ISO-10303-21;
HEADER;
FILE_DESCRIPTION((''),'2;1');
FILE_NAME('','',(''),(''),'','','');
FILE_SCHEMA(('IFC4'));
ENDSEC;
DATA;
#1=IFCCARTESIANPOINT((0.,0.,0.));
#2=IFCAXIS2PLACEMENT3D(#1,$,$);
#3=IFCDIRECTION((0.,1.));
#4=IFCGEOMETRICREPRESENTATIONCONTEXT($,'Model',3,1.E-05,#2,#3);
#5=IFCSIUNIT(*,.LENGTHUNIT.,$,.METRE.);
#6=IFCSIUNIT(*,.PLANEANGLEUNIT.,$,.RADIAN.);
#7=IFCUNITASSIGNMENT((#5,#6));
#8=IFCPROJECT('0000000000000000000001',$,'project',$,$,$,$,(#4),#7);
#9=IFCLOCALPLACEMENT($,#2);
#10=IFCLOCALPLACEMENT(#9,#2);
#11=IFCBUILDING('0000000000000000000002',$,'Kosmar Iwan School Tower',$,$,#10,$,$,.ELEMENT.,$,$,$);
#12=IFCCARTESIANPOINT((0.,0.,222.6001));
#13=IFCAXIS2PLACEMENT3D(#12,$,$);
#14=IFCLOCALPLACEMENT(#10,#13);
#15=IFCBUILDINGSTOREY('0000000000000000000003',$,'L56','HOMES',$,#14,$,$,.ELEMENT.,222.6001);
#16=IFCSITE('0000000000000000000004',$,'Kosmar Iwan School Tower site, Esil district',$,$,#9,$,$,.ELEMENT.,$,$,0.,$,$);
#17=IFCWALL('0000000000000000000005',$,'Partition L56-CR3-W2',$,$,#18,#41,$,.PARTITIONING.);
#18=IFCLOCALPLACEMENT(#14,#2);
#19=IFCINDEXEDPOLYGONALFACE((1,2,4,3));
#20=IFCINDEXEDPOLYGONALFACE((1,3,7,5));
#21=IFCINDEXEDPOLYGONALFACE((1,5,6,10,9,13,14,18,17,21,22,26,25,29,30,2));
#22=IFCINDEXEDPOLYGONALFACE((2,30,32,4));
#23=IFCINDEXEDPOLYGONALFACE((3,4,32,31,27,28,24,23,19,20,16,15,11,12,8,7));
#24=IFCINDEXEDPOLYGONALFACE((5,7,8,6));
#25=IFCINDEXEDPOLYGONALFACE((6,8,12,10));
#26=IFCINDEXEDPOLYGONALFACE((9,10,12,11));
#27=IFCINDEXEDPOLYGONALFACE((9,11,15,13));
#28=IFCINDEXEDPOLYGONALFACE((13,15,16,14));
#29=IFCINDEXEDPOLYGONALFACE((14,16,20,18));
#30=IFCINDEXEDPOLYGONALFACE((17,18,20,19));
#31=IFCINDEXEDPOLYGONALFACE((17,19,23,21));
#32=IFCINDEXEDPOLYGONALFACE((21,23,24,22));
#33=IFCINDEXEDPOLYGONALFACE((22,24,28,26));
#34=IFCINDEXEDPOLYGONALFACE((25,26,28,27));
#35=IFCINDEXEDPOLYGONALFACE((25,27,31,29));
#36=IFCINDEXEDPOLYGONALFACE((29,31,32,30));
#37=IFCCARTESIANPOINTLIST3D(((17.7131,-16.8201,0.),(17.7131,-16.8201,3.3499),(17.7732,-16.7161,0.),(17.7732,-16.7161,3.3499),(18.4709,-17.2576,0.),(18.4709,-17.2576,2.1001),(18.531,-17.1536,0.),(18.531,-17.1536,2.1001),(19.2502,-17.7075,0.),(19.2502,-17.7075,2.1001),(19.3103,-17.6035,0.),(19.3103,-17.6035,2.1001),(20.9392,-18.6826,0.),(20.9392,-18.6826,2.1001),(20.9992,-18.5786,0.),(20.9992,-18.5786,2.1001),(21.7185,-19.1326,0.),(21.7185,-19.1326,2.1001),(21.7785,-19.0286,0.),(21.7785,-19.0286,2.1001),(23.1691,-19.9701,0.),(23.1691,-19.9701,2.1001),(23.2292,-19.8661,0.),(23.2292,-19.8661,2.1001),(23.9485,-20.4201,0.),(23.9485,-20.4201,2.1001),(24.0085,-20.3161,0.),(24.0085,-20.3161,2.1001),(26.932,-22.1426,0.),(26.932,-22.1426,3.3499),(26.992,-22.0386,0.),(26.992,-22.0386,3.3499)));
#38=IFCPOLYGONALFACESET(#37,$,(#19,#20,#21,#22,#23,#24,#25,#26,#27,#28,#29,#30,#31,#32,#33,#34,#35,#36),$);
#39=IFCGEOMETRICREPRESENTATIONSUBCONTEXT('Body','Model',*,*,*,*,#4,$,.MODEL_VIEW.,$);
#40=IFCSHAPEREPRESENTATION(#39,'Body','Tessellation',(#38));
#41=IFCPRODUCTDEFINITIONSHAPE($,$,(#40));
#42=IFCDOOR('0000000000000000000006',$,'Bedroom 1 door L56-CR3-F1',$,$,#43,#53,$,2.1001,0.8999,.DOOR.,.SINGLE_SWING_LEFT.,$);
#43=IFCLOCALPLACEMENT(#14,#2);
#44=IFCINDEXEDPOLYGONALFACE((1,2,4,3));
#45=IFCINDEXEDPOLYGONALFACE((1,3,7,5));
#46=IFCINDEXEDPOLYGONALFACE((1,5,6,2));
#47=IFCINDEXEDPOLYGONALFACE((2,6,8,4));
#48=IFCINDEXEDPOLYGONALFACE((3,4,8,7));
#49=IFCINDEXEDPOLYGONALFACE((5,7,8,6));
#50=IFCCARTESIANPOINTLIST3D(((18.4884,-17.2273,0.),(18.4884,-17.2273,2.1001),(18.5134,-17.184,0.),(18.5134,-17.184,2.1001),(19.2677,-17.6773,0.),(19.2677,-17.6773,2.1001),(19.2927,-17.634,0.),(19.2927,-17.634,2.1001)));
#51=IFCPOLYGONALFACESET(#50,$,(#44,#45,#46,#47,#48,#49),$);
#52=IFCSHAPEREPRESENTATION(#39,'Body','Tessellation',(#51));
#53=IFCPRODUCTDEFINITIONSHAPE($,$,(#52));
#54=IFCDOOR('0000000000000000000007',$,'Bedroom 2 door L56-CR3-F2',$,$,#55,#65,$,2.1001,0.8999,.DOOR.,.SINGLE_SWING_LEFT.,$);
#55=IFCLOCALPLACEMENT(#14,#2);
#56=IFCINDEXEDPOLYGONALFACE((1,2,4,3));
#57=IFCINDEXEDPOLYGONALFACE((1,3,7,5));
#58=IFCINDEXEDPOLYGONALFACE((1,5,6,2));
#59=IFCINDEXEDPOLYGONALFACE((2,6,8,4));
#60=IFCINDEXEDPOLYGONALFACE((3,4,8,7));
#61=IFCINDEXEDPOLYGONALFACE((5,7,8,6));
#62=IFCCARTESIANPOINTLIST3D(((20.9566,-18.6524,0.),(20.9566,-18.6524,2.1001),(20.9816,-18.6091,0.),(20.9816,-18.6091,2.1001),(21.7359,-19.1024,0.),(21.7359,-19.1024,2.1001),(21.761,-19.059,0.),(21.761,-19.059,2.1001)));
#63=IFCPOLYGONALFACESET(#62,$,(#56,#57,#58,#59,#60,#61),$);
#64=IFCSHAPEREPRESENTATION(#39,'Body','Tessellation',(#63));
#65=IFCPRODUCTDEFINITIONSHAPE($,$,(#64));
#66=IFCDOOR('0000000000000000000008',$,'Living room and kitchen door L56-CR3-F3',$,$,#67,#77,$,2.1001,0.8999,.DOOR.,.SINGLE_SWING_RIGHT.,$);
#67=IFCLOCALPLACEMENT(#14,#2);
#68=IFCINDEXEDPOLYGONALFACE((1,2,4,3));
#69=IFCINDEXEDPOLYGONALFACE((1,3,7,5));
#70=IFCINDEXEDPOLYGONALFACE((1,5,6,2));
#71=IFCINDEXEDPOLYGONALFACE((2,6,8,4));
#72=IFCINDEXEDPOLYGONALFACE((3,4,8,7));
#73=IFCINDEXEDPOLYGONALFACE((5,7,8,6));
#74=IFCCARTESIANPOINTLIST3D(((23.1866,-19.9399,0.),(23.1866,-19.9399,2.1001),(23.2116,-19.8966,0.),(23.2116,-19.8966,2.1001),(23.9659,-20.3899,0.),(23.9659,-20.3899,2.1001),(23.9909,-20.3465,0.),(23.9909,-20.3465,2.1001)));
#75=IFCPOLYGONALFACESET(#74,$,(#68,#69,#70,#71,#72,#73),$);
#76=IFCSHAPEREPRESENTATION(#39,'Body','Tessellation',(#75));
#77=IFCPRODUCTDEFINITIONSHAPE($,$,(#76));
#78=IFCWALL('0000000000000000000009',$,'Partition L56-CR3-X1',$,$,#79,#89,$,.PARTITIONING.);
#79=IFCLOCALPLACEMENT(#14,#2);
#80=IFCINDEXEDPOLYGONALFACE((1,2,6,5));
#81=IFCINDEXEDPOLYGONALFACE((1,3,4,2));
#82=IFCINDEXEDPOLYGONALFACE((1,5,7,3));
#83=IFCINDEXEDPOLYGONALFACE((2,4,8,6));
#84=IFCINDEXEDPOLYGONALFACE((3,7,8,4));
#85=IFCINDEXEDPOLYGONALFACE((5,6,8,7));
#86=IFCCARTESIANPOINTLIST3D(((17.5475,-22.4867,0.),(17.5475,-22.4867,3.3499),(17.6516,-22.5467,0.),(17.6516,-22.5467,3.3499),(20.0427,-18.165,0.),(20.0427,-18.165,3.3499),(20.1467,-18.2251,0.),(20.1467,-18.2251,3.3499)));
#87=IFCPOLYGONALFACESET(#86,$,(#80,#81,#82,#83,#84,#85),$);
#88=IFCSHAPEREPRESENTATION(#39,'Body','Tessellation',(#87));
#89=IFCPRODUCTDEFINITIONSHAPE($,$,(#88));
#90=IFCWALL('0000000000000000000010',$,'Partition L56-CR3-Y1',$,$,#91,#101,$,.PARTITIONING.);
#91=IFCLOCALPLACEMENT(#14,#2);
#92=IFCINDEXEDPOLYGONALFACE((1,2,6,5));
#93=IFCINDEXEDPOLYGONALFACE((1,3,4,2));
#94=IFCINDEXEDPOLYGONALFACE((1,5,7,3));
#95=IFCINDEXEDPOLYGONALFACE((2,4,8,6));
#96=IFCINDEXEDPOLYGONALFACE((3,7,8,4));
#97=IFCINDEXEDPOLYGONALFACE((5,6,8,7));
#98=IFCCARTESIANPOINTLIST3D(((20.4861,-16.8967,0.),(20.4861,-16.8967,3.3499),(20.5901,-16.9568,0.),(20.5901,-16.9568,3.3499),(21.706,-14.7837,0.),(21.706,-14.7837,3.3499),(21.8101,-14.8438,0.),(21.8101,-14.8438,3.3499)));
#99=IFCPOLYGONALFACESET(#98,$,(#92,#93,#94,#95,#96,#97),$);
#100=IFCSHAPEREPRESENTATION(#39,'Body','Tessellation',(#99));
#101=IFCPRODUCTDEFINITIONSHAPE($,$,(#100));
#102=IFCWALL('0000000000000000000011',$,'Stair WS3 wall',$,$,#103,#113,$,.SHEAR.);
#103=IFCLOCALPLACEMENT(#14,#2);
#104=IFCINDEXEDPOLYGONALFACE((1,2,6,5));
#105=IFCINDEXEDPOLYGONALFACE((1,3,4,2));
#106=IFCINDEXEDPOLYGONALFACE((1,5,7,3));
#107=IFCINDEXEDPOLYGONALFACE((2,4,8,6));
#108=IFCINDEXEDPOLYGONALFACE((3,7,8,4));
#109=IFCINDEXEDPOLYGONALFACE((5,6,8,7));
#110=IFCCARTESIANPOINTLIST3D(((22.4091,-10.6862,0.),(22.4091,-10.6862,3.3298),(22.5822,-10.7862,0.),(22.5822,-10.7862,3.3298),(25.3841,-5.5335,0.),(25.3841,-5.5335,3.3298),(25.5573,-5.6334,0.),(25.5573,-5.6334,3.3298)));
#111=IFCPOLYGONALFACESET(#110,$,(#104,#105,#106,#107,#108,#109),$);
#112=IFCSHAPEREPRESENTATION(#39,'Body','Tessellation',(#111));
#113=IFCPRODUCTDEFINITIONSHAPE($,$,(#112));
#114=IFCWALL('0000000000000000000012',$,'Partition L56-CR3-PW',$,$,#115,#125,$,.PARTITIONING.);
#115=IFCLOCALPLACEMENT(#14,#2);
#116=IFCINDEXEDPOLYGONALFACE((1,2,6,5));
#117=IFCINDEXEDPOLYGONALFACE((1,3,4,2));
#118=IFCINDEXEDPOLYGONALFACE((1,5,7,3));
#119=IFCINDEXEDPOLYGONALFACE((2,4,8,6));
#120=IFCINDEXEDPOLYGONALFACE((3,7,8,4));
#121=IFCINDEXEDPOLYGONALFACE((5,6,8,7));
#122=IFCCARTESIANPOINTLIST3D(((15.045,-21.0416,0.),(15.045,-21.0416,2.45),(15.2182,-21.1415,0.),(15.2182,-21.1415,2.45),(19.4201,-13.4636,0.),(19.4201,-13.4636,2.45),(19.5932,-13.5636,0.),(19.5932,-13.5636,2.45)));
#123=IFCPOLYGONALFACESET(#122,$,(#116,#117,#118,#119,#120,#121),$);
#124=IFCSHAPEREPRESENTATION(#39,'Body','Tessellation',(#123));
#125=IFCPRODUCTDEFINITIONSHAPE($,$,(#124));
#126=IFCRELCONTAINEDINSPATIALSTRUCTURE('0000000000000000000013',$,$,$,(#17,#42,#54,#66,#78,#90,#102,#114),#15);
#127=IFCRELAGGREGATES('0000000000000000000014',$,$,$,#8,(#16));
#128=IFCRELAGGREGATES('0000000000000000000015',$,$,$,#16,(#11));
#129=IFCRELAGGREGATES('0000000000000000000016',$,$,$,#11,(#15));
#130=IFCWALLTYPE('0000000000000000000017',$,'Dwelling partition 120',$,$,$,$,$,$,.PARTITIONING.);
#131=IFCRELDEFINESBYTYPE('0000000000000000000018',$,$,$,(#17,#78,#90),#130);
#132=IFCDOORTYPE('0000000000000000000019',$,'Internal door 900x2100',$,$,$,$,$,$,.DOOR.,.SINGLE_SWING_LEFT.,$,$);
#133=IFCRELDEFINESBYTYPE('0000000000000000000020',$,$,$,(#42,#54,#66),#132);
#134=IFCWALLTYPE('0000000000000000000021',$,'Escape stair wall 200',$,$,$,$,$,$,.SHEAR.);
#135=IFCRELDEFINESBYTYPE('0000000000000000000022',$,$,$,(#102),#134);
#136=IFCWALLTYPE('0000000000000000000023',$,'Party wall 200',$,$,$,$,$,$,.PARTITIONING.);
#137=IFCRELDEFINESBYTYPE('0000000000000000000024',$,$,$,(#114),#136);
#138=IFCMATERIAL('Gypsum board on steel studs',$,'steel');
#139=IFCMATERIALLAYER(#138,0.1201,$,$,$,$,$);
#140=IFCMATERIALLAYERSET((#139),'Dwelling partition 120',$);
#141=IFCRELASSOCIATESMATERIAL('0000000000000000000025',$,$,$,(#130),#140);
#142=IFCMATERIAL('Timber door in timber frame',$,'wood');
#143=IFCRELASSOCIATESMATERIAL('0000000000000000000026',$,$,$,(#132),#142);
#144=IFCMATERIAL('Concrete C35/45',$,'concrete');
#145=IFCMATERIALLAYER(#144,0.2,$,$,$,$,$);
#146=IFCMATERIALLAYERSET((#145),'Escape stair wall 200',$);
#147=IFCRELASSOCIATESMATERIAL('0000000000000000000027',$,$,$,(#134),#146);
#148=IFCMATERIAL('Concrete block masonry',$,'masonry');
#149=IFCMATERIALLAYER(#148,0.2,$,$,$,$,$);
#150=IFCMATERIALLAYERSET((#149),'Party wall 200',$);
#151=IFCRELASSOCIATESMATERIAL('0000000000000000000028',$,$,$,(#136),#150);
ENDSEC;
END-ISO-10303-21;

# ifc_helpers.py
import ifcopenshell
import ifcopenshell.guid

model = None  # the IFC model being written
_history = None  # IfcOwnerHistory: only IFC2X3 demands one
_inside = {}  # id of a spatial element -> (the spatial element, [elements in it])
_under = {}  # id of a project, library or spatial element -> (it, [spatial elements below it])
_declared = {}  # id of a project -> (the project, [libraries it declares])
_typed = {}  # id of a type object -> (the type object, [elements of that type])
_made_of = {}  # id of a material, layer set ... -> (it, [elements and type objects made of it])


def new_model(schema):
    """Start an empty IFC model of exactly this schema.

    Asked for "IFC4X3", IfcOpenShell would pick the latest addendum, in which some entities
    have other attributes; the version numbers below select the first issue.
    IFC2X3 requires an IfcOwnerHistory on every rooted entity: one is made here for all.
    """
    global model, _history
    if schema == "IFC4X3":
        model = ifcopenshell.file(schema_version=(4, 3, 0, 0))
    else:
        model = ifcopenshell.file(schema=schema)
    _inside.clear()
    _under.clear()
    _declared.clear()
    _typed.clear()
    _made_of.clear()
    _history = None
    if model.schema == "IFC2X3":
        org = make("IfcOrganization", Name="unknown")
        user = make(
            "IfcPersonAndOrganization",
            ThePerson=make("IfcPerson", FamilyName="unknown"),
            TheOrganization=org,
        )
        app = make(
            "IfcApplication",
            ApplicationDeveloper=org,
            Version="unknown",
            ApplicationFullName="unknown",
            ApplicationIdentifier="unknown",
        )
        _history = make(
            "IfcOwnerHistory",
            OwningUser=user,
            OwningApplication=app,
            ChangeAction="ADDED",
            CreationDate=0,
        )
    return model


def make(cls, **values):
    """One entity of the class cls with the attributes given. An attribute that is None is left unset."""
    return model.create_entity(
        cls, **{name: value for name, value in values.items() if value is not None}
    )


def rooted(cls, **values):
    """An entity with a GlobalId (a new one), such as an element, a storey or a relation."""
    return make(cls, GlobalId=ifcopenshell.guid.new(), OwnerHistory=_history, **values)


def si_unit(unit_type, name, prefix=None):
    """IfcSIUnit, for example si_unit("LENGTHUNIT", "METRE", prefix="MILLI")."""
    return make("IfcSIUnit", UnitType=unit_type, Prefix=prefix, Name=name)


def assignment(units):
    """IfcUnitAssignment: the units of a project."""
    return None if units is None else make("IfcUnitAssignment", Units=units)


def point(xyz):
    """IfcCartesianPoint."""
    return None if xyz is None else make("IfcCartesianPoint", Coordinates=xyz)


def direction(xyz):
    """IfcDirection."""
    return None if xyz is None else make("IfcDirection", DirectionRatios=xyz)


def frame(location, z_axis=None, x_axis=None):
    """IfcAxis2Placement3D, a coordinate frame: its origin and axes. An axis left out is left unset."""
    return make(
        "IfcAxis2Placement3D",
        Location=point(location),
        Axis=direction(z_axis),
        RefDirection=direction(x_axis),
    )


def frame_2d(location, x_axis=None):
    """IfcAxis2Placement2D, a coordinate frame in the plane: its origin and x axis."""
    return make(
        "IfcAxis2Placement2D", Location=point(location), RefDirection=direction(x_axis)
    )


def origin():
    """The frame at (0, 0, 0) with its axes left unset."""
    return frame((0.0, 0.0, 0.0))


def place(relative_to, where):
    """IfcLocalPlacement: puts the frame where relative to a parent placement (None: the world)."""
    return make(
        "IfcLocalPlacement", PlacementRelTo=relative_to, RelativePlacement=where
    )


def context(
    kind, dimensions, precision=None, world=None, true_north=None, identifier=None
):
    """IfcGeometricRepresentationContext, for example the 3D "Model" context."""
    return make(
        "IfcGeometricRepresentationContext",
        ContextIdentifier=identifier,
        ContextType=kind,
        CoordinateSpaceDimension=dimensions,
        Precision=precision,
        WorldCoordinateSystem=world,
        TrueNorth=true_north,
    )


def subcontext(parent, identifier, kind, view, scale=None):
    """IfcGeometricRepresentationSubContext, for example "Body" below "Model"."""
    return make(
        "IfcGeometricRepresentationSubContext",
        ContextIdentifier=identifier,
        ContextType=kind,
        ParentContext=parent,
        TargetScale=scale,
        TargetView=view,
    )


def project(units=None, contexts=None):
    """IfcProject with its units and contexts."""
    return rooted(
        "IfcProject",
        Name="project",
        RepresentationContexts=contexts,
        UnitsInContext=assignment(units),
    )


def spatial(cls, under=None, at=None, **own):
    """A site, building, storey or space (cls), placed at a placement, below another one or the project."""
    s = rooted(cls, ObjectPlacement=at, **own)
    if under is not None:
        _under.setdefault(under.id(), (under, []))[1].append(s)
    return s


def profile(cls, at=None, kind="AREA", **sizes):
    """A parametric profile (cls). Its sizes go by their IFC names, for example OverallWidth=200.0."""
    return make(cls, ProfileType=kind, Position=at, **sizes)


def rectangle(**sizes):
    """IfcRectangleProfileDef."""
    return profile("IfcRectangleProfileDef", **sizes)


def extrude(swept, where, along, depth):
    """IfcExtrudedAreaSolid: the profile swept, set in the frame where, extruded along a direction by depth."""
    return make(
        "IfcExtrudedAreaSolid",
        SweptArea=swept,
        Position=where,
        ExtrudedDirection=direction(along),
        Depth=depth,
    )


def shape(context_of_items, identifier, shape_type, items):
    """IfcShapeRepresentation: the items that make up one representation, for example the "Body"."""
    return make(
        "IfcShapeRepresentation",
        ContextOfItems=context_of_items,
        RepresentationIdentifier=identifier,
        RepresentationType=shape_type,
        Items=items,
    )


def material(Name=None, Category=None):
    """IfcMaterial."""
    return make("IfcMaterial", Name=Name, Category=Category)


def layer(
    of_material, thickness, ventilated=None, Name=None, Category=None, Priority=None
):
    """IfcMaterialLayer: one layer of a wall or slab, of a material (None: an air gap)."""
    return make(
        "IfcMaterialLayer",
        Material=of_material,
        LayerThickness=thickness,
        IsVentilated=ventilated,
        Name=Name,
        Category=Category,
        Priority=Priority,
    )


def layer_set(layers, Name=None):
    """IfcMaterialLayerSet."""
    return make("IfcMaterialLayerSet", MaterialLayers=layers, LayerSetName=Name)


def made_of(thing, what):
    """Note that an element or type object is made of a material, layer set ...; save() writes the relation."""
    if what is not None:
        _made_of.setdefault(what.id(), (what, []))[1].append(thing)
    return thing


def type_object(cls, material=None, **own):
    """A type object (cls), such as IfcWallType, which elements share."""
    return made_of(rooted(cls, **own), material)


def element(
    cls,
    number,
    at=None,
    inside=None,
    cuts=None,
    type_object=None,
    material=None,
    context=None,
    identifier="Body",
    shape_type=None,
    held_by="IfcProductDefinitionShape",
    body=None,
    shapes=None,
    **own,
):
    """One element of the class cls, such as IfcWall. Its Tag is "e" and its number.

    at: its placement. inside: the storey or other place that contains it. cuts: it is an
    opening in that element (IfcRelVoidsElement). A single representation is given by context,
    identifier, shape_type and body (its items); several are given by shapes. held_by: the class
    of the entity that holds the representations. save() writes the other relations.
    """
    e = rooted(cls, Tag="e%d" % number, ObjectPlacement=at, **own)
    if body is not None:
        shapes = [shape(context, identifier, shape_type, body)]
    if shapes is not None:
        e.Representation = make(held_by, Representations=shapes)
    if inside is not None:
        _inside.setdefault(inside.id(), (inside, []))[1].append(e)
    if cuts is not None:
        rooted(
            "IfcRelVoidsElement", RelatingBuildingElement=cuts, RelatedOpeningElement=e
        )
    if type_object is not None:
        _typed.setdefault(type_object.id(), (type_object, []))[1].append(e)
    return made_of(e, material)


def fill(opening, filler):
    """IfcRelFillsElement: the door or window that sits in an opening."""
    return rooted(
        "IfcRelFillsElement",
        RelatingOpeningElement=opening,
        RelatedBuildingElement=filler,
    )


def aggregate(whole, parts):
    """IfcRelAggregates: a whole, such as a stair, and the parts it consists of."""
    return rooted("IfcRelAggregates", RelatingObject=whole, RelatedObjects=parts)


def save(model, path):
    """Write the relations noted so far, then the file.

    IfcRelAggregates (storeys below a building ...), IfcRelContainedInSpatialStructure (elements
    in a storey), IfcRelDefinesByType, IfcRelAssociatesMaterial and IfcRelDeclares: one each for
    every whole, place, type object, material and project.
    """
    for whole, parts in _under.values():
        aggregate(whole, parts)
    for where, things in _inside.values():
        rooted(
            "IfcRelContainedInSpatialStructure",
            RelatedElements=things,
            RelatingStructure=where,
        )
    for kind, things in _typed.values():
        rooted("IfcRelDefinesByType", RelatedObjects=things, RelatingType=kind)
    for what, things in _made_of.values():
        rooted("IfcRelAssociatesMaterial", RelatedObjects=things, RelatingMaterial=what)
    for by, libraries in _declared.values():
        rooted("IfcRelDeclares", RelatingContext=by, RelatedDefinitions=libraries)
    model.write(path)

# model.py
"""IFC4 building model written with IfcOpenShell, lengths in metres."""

from ifc_helpers import new_model, si_unit, direction, frame, frame_2d, origin, place, context, subcontext, project, spatial, rectangle, extrude, material, layer, layer_set, type_object, element, fill, save


model = new_model("IFC4")

# Units and contexts
model_context = context("Model", 3, precision=1e-05, world=origin(), true_north=direction((0.0, 1.0)))
body_context = subcontext(model_context, "Body", "Model", "MODEL_VIEW")
ifc_project = project(units=[si_unit("LENGTHUNIT", "METRE"), si_unit("PLANEANGLEUNIT", "RADIAN")], contexts=[model_context])

# Site, building, storey
site_placement = place(None, origin())
site = spatial("IfcSite", under=ifc_project, at=site_placement, Name="Kosmar Iwan School Tower site, Esil district", CompositionType="ELEMENT", RefElevation=0.0)
building_placement = place(site_placement, origin())
building = spatial("IfcBuilding", under=site, at=building_placement, Name="Kosmar Iwan School Tower", CompositionType="ELEMENT")
storey_placement = place(building_placement, frame((0.0, 0.0, 222.6001)))
storey = spatial("IfcBuildingStorey", under=building, at=storey_placement, Name="L56", Description="HOMES", CompositionType="ELEMENT", Elevation=222.6001)

# Shared definitions
ifc_material_1 = material(Name="Gypsum board on steel studs", Category="steel")
ifc_layer_1 = layer(ifc_material_1, 0.1201)
ifc_layer_set_1 = layer_set([ifc_layer_1], Name="Dwelling partition 120")
wall_type_1 = type_object("IfcWallType", Name="Dwelling partition 120", PredefinedType="PARTITIONING", material=ifc_layer_set_1)

# Wall, openings, doors
ifc_material_2 = material(Name="Timber door in timber frame", Category="wood")
door_type_1 = type_object("IfcDoorType", Name="Internal door 900x2100", OperationType="SINGLE_SWING_LEFT", PredefinedType="DOOR", material=ifc_material_2)
wall_1_placement = place(storey_placement, frame((17.7432, -16.7681, 0.0), z_axis=(0.0, 0.0, 1.0), x_axis=(0.866023, -0.500004, 0.0)))
wall_1 = element("IfcWall", 1, at=wall_1_placement, inside=storey, type_object=wall_type_1, Name="Partition L56-CR3-W2", PredefinedType="PARTITIONING", context=body_context, shape_type="SweptSolid", body=[
    extrude(rectangle(XDim=10.645, YDim=0.1201, at=frame_2d((5.3225, 0.0))), origin(), (0.0, 0.0, 1.0), 3.3499),
])
opening_1_placement = place(wall_1_placement, frame((0.875, 0.0, 0.0)))
opening_1 = element("IfcOpeningElement", 2, at=opening_1_placement, cuts=wall_1, PredefinedType="OPENING", context=body_context, shape_type="SweptSolid", body=[
    extrude(rectangle(XDim=0.8999, YDim=2.1001, at=frame_2d((0.45, 1.05))), frame((0.0, 0.072, 0.0), z_axis=(0.0, -1.0, 0.0), x_axis=(1.0, 0.0, 0.0)), (0.0, 0.0, 1.0), 0.144),
])
opening_2_placement = place(wall_1_placement, frame((3.7251, 0.0, 0.0)))
opening_2 = element("IfcOpeningElement", 3, at=opening_2_placement, cuts=wall_1, PredefinedType="OPENING", context=body_context, shape_type="SweptSolid", body=[
    extrude(rectangle(XDim=0.8999, YDim=2.1001, at=frame_2d((0.45, 1.05))), frame((0.0, 0.072, 0.0), z_axis=(0.0, -1.0, 0.0), x_axis=(1.0, 0.0, 0.0)), (0.0, 0.0, 1.0), 0.144),
])
opening_3_placement = place(wall_1_placement, frame((6.3, 0.0, 0.0)))
opening_3 = element("IfcOpeningElement", 4, at=opening_3_placement, cuts=wall_1, PredefinedType="OPENING", context=body_context, shape_type="SweptSolid", body=[
    extrude(rectangle(XDim=0.8999, YDim=2.1001, at=frame_2d((0.45, 1.05))), frame((0.0, 0.072, 0.0), z_axis=(0.0, -1.0, 0.0), x_axis=(1.0, 0.0, 0.0)), (0.0, 0.0, 1.0), 0.144),
])
door_1_placement = place(opening_1_placement, origin())
door_1 = element("IfcDoor", 5, at=door_1_placement, inside=storey, type_object=door_type_1, Name="Bedroom 1 door L56-CR3-F1", OperationType="SINGLE_SWING_LEFT", OverallHeight=2.1001, OverallWidth=0.8999, PredefinedType="DOOR", context=body_context, shape_type="SweptSolid", body=[
    extrude(rectangle(XDim=0.8999, YDim=2.1001, at=frame_2d((0.45, 1.05))), frame((0.0, 0.0249, 0.0), z_axis=(0.0, -1.0, 0.0), x_axis=(1.0, 0.0, 0.0)), (0.0, 0.0, 1.0), 0.05),
])
fill(opening_1, door_1)
door_2_placement = place(opening_2_placement, origin())
door_2 = element("IfcDoor", 6, at=door_2_placement, inside=storey, type_object=door_type_1, Name="Bedroom 2 door L56-CR3-F2", OperationType="SINGLE_SWING_LEFT", OverallHeight=2.1001, OverallWidth=0.8999, PredefinedType="DOOR", context=body_context, shape_type="SweptSolid", body=[
    extrude(rectangle(XDim=0.8999, YDim=2.1001, at=frame_2d((0.45, 1.05))), frame((0.0, 0.0249, 0.0), z_axis=(0.0, -1.0, 0.0), x_axis=(1.0, 0.0, 0.0)), (0.0, 0.0, 1.0), 0.05),
])
fill(opening_2, door_2)
door_3_placement = place(opening_3_placement, origin())
door_3 = element("IfcDoor", 7, at=door_3_placement, inside=storey, type_object=door_type_1, Name="Living room and kitchen door L56-CR3-F3", OperationType="SINGLE_SWING_RIGHT", OverallHeight=2.1001, OverallWidth=0.8999, PredefinedType="DOOR", context=body_context, shape_type="SweptSolid", body=[
    extrude(rectangle(XDim=0.8999, YDim=2.1001, at=frame_2d((0.45, 1.05))), frame((0.0, 0.0249, 0.0), z_axis=(0.0, -1.0, 0.0), x_axis=(1.0, 0.0, 0.0)), (0.0, 0.0, 1.0), 0.05),
])
fill(opening_3, door_3)

# Walls
wall_2_placement = place(storey_placement, frame((20.0947, -18.1951, 0.0), z_axis=(0.0, 0.0, 1.0), x_axis=(-0.500012, -0.866019, 0.0)))
element("IfcWall", 8, at=wall_2_placement, inside=storey, type_object=wall_type_1, Name="Partition L56-CR3-X1", PredefinedType="PARTITIONING", context=body_context, shape_type="SweptSolid", body=[
    extrude(rectangle(XDim=4.9902, YDim=0.1201, at=frame_2d((2.4951, 0.0))), origin(), (0.0, 0.0, 1.0), 3.3499),
])
wall_3_placement = place(storey_placement, frame((21.7581, -14.8137, 0.0), z_axis=(0.0, 0.0, 1.0), x_axis=(-0.500003, -0.866024, 0.0)))
element("IfcWall", 9, at=wall_3_placement, inside=storey, type_object=wall_type_1, Name="Partition L56-CR3-Y1", PredefinedType="PARTITIONING", context=body_context, shape_type="SweptSolid", body=[
    extrude(rectangle(XDim=2.4399, YDim=0.1201, at=frame_2d((1.22, 0.0))), origin(), (0.0, 0.0, 1.0), 3.3499),
])
ifc_material_3 = material(Name="Concrete C35/45", Category="concrete")
ifc_layer_2 = layer(ifc_material_3, 0.2)
ifc_layer_set_2 = layer_set([ifc_layer_2], Name="Escape stair wall 200")
wall_type_2 = type_object("IfcWallType", Name="Escape stair wall 200", PredefinedType="SHEAR", material=ifc_layer_set_2)
wall_4_placement = place(storey_placement, frame((22.4956, -10.7363, 0.0), z_axis=(0.0, 0.0, 1.0), x_axis=(0.500014, 0.866017, 0.0)))
element("IfcWall", 10, at=wall_4_placement, inside=storey, type_object=wall_type_2, Name="Stair WS3 wall", PredefinedType="SHEAR", context=body_context, shape_type="SweptSolid", body=[
    extrude(rectangle(XDim=5.95, YDim=0.2, at=frame_2d((2.9751, 0.0))), origin(), (0.0, 0.0, 1.0), 3.3298),
])
ifc_material_4 = material(Name="Concrete block masonry", Category="masonry")
ifc_layer_3 = layer(ifc_material_4, 0.2)
ifc_layer_set_3 = layer_set([ifc_layer_3], Name="Party wall 200")
wall_type_3 = type_object("IfcWallType", Name="Party wall 200", PredefinedType="PARTITIONING", material=ifc_layer_set_3)
wall_5_placement = place(storey_placement, frame((19.5066, -13.5137, 0.0), z_axis=(0.0, 0.0, 1.0), x_axis=(-0.499992, -0.86603, 0.0)))
element("IfcWall", 11, at=wall_5_placement, inside=storey, type_object=wall_type_3, Name="Partition L56-CR3-PW", PredefinedType="PARTITIONING", context=body_context, shape_type="SweptSolid", body=[
    extrude(rectangle(XDim=8.7502, YDim=0.2, at=frame_2d((4.375, 0.0))), origin(), (0.0, 0.0, 1.0), 2.45),
])

save(model, "model.ifc")
